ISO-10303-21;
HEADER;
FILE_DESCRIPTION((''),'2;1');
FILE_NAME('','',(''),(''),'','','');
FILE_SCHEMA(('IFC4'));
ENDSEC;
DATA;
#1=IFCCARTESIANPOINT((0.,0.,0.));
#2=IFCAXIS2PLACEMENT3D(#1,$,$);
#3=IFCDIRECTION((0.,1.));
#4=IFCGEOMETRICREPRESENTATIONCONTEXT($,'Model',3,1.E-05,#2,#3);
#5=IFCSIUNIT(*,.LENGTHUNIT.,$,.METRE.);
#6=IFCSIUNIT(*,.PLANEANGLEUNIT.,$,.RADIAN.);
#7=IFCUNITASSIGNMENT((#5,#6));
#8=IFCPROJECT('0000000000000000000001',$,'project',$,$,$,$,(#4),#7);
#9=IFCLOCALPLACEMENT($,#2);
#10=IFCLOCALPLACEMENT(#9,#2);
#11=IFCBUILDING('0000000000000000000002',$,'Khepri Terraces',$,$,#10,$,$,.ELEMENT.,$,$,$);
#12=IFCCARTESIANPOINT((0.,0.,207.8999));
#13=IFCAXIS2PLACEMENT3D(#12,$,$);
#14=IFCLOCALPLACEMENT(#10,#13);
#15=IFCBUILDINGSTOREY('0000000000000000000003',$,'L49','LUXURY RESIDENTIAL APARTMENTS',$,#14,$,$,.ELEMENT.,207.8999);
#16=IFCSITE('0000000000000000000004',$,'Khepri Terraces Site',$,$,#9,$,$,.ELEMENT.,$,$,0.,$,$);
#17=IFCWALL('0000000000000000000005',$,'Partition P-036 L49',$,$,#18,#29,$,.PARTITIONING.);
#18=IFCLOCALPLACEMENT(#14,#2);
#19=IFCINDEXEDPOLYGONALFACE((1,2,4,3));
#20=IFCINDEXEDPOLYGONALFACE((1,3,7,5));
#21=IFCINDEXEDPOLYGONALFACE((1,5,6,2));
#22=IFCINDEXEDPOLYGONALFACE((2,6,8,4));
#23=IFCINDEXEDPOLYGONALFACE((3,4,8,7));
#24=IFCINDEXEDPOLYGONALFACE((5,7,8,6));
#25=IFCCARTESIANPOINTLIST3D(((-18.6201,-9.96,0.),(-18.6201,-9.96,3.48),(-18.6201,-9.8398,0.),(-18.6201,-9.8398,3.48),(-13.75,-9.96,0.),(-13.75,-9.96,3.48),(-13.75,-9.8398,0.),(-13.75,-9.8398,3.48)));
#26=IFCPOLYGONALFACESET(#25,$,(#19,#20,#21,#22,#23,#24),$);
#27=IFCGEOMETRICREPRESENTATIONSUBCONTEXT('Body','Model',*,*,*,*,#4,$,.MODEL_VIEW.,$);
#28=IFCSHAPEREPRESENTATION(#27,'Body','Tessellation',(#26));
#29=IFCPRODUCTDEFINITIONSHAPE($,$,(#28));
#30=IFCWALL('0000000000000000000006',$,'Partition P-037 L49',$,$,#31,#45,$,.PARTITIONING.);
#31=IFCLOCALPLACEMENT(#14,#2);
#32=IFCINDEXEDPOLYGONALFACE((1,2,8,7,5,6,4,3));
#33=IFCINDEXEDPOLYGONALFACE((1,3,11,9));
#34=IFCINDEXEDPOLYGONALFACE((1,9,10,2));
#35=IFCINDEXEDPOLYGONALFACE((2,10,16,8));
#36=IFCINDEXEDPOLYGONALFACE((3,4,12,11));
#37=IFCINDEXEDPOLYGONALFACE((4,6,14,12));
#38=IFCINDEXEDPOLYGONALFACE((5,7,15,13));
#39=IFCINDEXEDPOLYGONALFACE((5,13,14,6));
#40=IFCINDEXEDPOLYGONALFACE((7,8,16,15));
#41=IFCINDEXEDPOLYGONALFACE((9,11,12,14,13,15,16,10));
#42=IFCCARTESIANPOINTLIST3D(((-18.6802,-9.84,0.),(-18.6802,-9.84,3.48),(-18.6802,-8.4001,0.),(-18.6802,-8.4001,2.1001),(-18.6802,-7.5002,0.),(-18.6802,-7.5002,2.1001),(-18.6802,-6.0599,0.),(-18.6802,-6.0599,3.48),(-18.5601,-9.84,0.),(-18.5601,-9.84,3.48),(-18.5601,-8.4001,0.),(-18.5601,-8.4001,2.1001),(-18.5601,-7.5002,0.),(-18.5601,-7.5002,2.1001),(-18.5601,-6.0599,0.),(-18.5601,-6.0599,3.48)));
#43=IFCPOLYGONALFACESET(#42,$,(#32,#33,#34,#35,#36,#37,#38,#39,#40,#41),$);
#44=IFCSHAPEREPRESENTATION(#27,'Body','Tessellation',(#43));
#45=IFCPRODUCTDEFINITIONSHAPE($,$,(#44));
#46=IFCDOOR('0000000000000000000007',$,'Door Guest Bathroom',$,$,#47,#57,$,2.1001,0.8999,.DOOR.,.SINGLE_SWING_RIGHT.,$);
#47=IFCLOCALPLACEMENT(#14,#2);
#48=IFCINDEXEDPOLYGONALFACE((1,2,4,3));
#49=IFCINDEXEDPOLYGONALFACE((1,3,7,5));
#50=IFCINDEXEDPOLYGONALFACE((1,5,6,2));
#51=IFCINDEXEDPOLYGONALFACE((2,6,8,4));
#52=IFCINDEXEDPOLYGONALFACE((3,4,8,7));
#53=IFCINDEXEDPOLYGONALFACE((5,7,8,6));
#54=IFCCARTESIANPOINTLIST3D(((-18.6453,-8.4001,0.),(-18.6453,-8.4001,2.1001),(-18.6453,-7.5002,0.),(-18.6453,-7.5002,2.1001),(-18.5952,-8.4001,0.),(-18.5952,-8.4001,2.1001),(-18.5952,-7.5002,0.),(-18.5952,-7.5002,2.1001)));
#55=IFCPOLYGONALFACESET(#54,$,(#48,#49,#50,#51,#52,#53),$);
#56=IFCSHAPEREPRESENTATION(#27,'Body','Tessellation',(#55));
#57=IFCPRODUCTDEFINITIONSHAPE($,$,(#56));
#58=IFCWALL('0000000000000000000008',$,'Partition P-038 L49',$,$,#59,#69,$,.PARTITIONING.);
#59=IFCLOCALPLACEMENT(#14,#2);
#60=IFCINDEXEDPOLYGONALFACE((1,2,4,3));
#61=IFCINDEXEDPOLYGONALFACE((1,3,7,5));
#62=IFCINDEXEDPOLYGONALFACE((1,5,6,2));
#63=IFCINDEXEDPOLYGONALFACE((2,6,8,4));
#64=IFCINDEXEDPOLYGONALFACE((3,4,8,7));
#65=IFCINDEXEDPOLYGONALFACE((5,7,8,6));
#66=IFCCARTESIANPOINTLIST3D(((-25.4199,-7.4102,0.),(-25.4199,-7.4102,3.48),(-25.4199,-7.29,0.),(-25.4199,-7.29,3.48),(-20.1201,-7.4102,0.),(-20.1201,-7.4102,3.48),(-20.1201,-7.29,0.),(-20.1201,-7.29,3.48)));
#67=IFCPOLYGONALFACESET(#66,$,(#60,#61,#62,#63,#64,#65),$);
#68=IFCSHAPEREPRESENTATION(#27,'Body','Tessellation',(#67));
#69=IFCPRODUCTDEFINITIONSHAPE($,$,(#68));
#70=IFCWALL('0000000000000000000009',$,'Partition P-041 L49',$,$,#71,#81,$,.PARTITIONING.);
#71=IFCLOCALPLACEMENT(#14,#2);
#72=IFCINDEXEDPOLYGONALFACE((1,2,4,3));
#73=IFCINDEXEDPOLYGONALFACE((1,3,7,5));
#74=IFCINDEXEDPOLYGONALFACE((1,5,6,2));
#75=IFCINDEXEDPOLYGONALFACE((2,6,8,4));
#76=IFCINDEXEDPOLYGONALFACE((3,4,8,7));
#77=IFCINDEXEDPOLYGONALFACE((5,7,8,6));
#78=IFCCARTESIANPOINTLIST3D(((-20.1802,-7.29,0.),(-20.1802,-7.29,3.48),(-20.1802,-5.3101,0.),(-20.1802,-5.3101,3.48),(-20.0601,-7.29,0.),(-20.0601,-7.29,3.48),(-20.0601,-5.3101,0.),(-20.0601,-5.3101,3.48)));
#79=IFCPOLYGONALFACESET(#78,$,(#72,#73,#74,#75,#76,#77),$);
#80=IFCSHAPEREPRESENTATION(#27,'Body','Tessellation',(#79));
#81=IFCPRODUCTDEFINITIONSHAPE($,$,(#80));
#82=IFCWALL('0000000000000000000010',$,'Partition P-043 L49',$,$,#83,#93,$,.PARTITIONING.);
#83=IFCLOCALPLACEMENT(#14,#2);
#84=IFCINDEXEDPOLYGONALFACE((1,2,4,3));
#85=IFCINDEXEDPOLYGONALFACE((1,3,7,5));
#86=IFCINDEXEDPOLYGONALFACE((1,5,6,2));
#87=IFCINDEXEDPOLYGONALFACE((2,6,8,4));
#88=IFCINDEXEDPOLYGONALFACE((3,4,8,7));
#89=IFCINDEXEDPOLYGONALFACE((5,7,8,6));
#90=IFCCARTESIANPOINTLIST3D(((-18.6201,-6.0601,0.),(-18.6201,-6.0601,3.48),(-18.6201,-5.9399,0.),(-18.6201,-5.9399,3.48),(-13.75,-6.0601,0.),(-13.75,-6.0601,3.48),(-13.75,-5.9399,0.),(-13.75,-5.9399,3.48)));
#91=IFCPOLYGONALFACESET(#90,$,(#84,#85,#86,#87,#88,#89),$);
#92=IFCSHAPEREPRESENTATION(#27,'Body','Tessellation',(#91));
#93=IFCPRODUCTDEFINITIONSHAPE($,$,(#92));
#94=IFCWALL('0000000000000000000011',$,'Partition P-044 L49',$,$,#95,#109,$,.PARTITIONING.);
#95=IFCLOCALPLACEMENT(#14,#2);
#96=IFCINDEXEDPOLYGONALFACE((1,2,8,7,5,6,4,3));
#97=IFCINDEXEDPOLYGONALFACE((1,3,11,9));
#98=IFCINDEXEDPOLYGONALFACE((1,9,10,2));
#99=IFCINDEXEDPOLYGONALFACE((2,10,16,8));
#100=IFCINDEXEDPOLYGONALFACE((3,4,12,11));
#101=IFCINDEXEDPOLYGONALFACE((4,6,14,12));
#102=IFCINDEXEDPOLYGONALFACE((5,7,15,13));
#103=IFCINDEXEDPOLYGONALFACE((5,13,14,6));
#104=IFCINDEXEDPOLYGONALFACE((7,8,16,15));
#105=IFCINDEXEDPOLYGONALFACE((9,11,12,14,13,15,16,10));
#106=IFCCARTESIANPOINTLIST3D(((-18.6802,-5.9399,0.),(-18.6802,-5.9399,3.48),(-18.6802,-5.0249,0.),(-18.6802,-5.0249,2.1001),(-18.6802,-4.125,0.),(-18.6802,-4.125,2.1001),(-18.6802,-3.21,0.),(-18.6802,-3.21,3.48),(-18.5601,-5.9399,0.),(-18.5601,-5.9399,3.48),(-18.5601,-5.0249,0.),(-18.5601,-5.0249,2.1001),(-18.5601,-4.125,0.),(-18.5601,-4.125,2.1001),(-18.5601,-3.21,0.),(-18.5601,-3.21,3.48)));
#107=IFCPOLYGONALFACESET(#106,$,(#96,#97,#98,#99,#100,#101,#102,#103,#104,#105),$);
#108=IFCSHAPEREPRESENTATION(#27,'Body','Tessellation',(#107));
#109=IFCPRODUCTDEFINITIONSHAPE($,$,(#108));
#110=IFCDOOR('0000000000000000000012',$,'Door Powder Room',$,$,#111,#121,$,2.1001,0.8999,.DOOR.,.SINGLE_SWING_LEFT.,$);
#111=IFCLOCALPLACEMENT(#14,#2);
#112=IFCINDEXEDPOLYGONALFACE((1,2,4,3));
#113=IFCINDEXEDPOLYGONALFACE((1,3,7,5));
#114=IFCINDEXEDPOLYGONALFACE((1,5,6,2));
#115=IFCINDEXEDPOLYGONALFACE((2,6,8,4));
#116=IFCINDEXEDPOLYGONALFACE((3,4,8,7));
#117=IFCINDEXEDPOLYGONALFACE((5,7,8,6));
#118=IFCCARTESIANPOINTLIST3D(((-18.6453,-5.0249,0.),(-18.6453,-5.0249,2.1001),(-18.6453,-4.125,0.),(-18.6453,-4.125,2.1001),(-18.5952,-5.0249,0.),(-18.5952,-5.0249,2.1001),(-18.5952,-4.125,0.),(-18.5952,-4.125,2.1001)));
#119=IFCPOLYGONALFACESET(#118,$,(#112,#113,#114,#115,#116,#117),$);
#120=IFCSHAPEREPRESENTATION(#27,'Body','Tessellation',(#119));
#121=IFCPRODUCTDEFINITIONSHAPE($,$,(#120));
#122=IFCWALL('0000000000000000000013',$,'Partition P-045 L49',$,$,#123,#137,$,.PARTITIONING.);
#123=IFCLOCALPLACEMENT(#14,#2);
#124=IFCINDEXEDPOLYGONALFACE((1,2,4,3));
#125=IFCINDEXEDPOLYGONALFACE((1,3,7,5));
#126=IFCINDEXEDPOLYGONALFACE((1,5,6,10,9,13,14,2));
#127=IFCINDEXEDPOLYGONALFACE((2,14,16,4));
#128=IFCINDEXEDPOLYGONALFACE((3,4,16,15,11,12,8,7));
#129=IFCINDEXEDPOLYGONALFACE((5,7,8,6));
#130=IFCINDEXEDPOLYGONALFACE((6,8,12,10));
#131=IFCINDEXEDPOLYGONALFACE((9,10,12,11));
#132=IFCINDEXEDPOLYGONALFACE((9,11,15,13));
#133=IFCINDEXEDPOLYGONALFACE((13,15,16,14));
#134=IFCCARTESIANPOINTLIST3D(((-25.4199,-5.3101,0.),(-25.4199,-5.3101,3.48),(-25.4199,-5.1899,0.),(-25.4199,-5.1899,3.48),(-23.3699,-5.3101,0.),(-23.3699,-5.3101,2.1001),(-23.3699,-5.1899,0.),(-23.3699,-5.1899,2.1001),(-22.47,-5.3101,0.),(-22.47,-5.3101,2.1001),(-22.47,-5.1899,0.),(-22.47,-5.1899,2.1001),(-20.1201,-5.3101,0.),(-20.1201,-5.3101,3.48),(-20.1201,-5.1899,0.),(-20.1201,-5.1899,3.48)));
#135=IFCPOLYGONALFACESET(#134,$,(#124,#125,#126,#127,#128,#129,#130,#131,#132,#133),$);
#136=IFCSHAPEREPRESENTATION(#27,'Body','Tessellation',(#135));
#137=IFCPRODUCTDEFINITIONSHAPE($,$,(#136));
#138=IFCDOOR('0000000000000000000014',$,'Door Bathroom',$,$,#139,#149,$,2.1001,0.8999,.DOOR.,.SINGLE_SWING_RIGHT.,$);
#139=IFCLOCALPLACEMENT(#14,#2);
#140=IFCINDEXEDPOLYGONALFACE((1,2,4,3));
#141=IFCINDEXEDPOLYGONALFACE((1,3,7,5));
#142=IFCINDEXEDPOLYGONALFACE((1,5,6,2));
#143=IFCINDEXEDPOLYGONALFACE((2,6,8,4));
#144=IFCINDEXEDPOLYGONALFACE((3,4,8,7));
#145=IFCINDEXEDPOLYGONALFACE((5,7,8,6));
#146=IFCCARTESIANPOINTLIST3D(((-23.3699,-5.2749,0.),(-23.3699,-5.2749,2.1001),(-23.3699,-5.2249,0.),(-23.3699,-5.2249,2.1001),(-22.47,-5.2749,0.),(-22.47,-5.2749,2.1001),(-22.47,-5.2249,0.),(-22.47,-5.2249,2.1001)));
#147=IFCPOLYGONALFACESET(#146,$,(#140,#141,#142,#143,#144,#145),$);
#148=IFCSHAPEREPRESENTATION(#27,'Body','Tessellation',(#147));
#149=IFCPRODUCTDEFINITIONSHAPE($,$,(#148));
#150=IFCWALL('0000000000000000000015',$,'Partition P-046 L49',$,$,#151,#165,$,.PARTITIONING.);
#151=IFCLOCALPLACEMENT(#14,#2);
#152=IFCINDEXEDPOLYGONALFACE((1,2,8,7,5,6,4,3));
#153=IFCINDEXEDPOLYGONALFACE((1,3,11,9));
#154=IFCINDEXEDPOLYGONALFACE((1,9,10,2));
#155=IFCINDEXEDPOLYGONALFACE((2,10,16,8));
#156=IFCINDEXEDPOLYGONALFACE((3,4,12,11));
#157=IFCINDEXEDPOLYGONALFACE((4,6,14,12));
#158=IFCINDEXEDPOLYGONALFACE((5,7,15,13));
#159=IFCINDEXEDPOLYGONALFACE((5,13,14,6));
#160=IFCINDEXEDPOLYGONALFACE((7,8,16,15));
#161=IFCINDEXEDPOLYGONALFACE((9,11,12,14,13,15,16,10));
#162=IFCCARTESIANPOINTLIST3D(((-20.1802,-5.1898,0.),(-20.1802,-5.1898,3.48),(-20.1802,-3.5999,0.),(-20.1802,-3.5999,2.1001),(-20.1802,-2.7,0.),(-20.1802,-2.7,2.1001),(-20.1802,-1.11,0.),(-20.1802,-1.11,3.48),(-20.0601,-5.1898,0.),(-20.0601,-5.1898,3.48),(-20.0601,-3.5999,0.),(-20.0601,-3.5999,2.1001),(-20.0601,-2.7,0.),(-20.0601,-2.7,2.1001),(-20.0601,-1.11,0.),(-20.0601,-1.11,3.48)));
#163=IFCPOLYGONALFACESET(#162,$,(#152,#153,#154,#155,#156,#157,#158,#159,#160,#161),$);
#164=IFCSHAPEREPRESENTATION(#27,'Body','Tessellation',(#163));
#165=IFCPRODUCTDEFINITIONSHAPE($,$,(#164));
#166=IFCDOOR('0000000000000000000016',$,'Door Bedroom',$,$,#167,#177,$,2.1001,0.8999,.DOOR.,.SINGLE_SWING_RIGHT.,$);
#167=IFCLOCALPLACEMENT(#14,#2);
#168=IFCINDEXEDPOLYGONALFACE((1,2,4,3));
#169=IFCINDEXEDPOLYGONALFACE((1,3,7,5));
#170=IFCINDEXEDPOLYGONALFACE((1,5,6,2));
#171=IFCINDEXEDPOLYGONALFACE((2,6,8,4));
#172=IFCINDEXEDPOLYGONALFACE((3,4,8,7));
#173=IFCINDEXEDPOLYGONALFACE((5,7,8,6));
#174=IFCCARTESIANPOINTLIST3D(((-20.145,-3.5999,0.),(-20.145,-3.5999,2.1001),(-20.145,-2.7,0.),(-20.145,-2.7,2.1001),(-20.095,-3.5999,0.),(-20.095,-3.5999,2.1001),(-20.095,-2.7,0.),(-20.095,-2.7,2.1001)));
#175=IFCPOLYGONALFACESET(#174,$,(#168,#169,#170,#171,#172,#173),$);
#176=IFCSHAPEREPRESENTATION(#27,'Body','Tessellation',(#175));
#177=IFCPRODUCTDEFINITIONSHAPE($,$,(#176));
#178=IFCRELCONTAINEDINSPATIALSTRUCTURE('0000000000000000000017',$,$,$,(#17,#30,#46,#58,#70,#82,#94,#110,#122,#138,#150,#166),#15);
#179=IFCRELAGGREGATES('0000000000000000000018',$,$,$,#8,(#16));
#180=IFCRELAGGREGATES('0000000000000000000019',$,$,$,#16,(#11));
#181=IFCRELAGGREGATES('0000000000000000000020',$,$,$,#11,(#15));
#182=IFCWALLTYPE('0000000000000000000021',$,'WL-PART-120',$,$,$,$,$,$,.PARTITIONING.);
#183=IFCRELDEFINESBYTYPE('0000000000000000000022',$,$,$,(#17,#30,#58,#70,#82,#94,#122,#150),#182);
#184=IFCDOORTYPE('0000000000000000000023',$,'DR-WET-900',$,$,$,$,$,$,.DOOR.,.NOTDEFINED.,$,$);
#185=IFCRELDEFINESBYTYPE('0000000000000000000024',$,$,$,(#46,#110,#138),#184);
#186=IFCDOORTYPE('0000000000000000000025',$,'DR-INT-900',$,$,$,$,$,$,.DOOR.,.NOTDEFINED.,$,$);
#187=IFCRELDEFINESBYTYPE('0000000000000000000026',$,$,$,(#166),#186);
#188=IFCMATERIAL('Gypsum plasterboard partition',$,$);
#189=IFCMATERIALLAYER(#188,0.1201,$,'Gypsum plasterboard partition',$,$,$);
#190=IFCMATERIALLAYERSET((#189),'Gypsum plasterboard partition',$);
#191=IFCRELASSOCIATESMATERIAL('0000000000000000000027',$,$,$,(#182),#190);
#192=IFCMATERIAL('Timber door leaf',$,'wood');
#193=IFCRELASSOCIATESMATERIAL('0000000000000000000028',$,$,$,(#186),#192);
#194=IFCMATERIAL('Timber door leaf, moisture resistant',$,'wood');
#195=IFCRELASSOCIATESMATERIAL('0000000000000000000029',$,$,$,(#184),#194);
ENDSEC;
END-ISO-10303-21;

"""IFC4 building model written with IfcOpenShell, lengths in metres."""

from ifc_helpers import new_model, si_unit, direction, frame, frame_2d, origin, place, context, subcontext, project, spatial, rectangle, extrude, material, layer, layer_set, type_object, element, fill, save


model = new_model("IFC4")

# Units and contexts
model_context = context("Model", 3, precision=1e-05, world=origin(), true_north=direction((0.0, 1.0)))
body_context = subcontext(model_context, "Body", "Model", "MODEL_VIEW")
ifc_project = project(units=[si_unit("LENGTHUNIT", "METRE"), si_unit("PLANEANGLEUNIT", "RADIAN")], contexts=[model_context])

# Site, building, storey
site_placement = place(None, origin())
site = spatial("IfcSite", under=ifc_project, at=site_placement, Name="Khepri Terraces Site", CompositionType="ELEMENT", RefElevation=0.0)
building_placement = place(site_placement, origin())
building = spatial("IfcBuilding", under=site, at=building_placement, Name="Khepri Terraces", CompositionType="ELEMENT")
storey_placement = place(building_placement, frame((0.0, 0.0, 207.8999)))
storey = spatial("IfcBuildingStorey", under=building, at=storey_placement, Name="L49", Description="LUXURY RESIDENTIAL APARTMENTS", CompositionType="ELEMENT", Elevation=207.8999)

# Shared definitions
ifc_material_1 = material(Name="Gypsum plasterboard partition")
ifc_layer_1 = layer(ifc_material_1, 0.1201, Name="Gypsum plasterboard partition")
ifc_layer_set_1 = layer_set([ifc_layer_1], Name="Gypsum plasterboard partition")
wall_type_1 = type_object("IfcWallType", Name="WL-PART-120", PredefinedType="PARTITIONING", material=ifc_layer_set_1)
ifc_material_2 = material(Name="Timber door leaf", Category="wood")
door_type_1 = type_object("IfcDoorType", Name="DR-INT-900", OperationType="NOTDEFINED", PredefinedType="DOOR", material=ifc_material_2)

# Wall
wall_1_placement = place(storey_placement, frame((-18.6201, -9.8999, 0.0), z_axis=(0.0, 0.0, 1.0), x_axis=(1.0, 0.0, 0.0)))
element("IfcWall", 1, at=wall_1_placement, inside=storey, type_object=wall_type_1, Name="Partition P-036 L49", PredefinedType="PARTITIONING", context=body_context, shape_type="SweptSolid", body=[
    extrude(rectangle(XDim=4.8701, YDim=0.1201, at=frame_2d((2.4351, 0.0))), origin(), (0.0, 0.0, 1.0), 3.48),
])

# Wall, opening, door
wall_2_placement = place(storey_placement, frame((-18.6201, -9.8401, 0.0), z_axis=(0.0, 0.0, 1.0), x_axis=(0.0, 1.0, 0.0)))
wall_2 = element("IfcWall", 2, at=wall_2_placement, inside=storey, type_object=wall_type_1, Name="Partition P-037 L49", PredefinedType="PARTITIONING", context=body_context, shape_type="SweptSolid", body=[
    extrude(rectangle(XDim=3.78, YDim=0.1201, at=frame_2d((1.8901, 0.0))), origin(), (0.0, 0.0, 1.0), 3.48),
])
opening_1_placement = place(wall_2_placement, frame((1.4399, 0.0, 0.0)))
opening_1 = element("IfcOpeningElement", 3, at=opening_1_placement, cuts=wall_2, PredefinedType="OPENING", context=body_context, shape_type="SweptSolid", body=[
    extrude(rectangle(XDim=0.8999, YDim=2.1001, at=frame_2d((0.45, 1.05))), frame((0.0, 0.0701, 0.0), z_axis=(0.0, -1.0, 0.0), x_axis=(1.0, 0.0, 0.0)), (0.0, 0.0, 1.0), 0.1401),
])
ifc_material_3 = material(Name="Timber door leaf, moisture resistant", Category="wood")
door_type_2 = type_object("IfcDoorType", Name="DR-WET-900", OperationType="NOTDEFINED", PredefinedType="DOOR", material=ifc_material_3)
door_1_placement = place(opening_1_placement, frame((0.8999, 0.0, 0.0), z_axis=(0.0, 0.0, 1.0), x_axis=(-1.0, 0.0, 0.0)))
door_1 = element("IfcDoor", 4, at=door_1_placement, inside=storey, type_object=door_type_2, Name="Door Guest Bathroom", OperationType="SINGLE_SWING_RIGHT", OverallHeight=2.1001, OverallWidth=0.8999, PredefinedType="DOOR", context=body_context, shape_type="SweptSolid", body=[
    extrude(rectangle(XDim=0.8999, YDim=2.1001, at=frame_2d((0.45, 1.05))), frame((0.0, 0.0249, 0.0), z_axis=(0.0, -1.0, 0.0), x_axis=(1.0, 0.0, 0.0)), (0.0, 0.0, 1.0), 0.05),
])
fill(opening_1, door_1)

# Walls
wall_3_placement = place(storey_placement, frame((-25.4199, -7.3501, 0.0), z_axis=(0.0, 0.0, 1.0), x_axis=(1.0, 0.0, 0.0)))
element("IfcWall", 5, at=wall_3_placement, inside=storey, type_object=wall_type_1, Name="Partition P-038 L49", PredefinedType="PARTITIONING", context=body_context, shape_type="SweptSolid", body=[
    extrude(rectangle(XDim=5.2998, YDim=0.1201, at=frame_2d((2.6499, 0.0))), origin(), (0.0, 0.0, 1.0), 3.48),
])
wall_4_placement = place(storey_placement, frame((-20.1201, -7.29, 0.0), z_axis=(0.0, 0.0, 1.0), x_axis=(0.0, 1.0, 0.0)))
element("IfcWall", 6, at=wall_4_placement, inside=storey, type_object=wall_type_1, Name="Partition P-041 L49", PredefinedType="PARTITIONING", context=body_context, shape_type="SweptSolid", body=[
    extrude(rectangle(XDim=1.98, YDim=0.1201, at=frame_2d((0.99, 0.0))), origin(), (0.0, 0.0, 1.0), 3.48),
])
wall_5_placement = place(storey_placement, frame((-18.6201, -6.0, 0.0), z_axis=(0.0, 0.0, 1.0), x_axis=(1.0, 0.0, 0.0)))
element("IfcWall", 7, at=wall_5_placement, inside=storey, type_object=wall_type_1, Name="Partition P-043 L49", PredefinedType="PARTITIONING", context=body_context, shape_type="SweptSolid", body=[
    extrude(rectangle(XDim=4.8701, YDim=0.1201, at=frame_2d((2.4351, 0.0))), origin(), (0.0, 0.0, 1.0), 3.48),
])

# Walls, openings, doors
wall_6_placement = place(storey_placement, frame((-18.6201, -5.9399, 0.0), z_axis=(0.0, 0.0, 1.0), x_axis=(0.0, 1.0, 0.0)))
wall_6 = element("IfcWall", 8, at=wall_6_placement, inside=storey, type_object=wall_type_1, Name="Partition P-044 L49", PredefinedType="PARTITIONING", context=body_context, shape_type="SweptSolid", body=[
    extrude(rectangle(XDim=2.73, YDim=0.1201, at=frame_2d((1.365, 0.0))), origin(), (0.0, 0.0, 1.0), 3.48),
])
opening_2_placement = place(wall_6_placement, frame((0.915, 0.0, 0.0)))
opening_2 = element("IfcOpeningElement", 9, at=opening_2_placement, cuts=wall_6, PredefinedType="OPENING", context=body_context, shape_type="SweptSolid", body=[
    extrude(rectangle(XDim=0.8999, YDim=2.1001, at=frame_2d((0.45, 1.05))), frame((0.0, 0.0701, 0.0), z_axis=(0.0, -1.0, 0.0), x_axis=(1.0, 0.0, 0.0)), (0.0, 0.0, 1.0), 0.1401),
])
door_2_placement = place(opening_2_placement, frame((0.8999, 0.0, 0.0), z_axis=(0.0, 0.0, 1.0), x_axis=(-1.0, 0.0, 0.0)))
door_2 = element("IfcDoor", 10, at=door_2_placement, inside=storey, type_object=door_type_2, Name="Door Powder Room", OperationType="SINGLE_SWING_LEFT", OverallHeight=2.1001, OverallWidth=0.8999, PredefinedType="DOOR", context=body_context, shape_type="SweptSolid", body=[
    extrude(rectangle(XDim=0.8999, YDim=2.1001, at=frame_2d((0.45, 1.05))), frame((0.0, 0.0249, 0.0), z_axis=(0.0, -1.0, 0.0), x_axis=(1.0, 0.0, 0.0)), (0.0, 0.0, 1.0), 0.05),
])
fill(opening_2, door_2)
wall_7_placement = place(storey_placement, frame((-25.4199, -5.25, 0.0), z_axis=(0.0, 0.0, 1.0), x_axis=(1.0, 0.0, 0.0)))
wall_7 = element("IfcWall", 11, at=wall_7_placement, inside=storey, type_object=wall_type_1, Name="Partition P-045 L49", PredefinedType="PARTITIONING", context=body_context, shape_type="SweptSolid", body=[
    extrude(rectangle(XDim=5.2998, YDim=0.1201, at=frame_2d((2.6499, 0.0))), origin(), (0.0, 0.0, 1.0), 3.48),
])
opening_3_placement = place(wall_7_placement, frame((2.05, 0.0, 0.0)))
opening_3 = element("IfcOpeningElement", 12, at=opening_3_placement, cuts=wall_7, PredefinedType="OPENING", context=body_context, shape_type="SweptSolid", body=[
    extrude(rectangle(XDim=0.8999, YDim=2.1001, at=frame_2d((0.45, 1.05))), frame((0.0, 0.0701, 0.0), z_axis=(0.0, -1.0, 0.0), x_axis=(1.0, 0.0, 0.0)), (0.0, 0.0, 1.0), 0.1401),
])
door_3_placement = place(opening_3_placement, frame((0.8999, 0.0, 0.0), z_axis=(0.0, 0.0, 1.0), x_axis=(-1.0, 0.0, 0.0)))
door_3 = element("IfcDoor", 13, at=door_3_placement, inside=storey, type_object=door_type_2, Name="Door Bathroom", OperationType="SINGLE_SWING_RIGHT", OverallHeight=2.1001, OverallWidth=0.8999, PredefinedType="DOOR", context=body_context, shape_type="SweptSolid", body=[
    extrude(rectangle(XDim=0.8999, YDim=2.1001, at=frame_2d((0.45, 1.05))), frame((0.0, 0.0249, 0.0), z_axis=(0.0, -1.0, 0.0), x_axis=(1.0, 0.0, 0.0)), (0.0, 0.0, 1.0), 0.05),
])
fill(opening_3, door_3)
wall_8_placement = place(storey_placement, frame((-20.1201, -5.1899, 0.0), z_axis=(0.0, 0.0, 1.0), x_axis=(0.0, 1.0, 0.0)))
wall_8 = element("IfcWall", 14, at=wall_8_placement, inside=storey, type_object=wall_type_1, Name="Partition P-046 L49", PredefinedType="PARTITIONING", context=body_context, shape_type="SweptSolid", body=[
    extrude(rectangle(XDim=4.0798, YDim=0.1201, at=frame_2d((2.04, 0.0))), origin(), (0.0, 0.0, 1.0), 3.48),
])
opening_4_placement = place(wall_8_placement, frame((1.5901, 0.0, 0.0)))
opening_4 = element("IfcOpeningElement", 15, at=opening_4_placement, cuts=wall_8, PredefinedType="OPENING", context=body_context, shape_type="SweptSolid", body=[
    extrude(rectangle(XDim=0.8999, YDim=2.1001, at=frame_2d((0.45, 1.05))), frame((0.0, 0.0701, 0.0), z_axis=(0.0, -1.0, 0.0), x_axis=(1.0, 0.0, 0.0)), (0.0, 0.0, 1.0), 0.1401),
])
door_4_placement = place(opening_4_placement, origin())
door_4 = element("IfcDoor", 16, at=door_4_placement, inside=storey, type_object=door_type_1, Name="Door Bedroom", OperationType="SINGLE_SWING_RIGHT", OverallHeight=2.1001, OverallWidth=0.8999, PredefinedType="DOOR", context=body_context, shape_type="SweptSolid", body=[
    extrude(rectangle(XDim=0.8999, YDim=2.1001, at=frame_2d((0.45, 1.05))), frame((0.0, 0.0249, 0.0), z_axis=(0.0, -1.0, 0.0), x_axis=(1.0, 0.0, 0.0)), (0.0, 0.0, 1.0), 0.05),
])
fill(opening_4, door_4)

save(model, "model.ifc")
